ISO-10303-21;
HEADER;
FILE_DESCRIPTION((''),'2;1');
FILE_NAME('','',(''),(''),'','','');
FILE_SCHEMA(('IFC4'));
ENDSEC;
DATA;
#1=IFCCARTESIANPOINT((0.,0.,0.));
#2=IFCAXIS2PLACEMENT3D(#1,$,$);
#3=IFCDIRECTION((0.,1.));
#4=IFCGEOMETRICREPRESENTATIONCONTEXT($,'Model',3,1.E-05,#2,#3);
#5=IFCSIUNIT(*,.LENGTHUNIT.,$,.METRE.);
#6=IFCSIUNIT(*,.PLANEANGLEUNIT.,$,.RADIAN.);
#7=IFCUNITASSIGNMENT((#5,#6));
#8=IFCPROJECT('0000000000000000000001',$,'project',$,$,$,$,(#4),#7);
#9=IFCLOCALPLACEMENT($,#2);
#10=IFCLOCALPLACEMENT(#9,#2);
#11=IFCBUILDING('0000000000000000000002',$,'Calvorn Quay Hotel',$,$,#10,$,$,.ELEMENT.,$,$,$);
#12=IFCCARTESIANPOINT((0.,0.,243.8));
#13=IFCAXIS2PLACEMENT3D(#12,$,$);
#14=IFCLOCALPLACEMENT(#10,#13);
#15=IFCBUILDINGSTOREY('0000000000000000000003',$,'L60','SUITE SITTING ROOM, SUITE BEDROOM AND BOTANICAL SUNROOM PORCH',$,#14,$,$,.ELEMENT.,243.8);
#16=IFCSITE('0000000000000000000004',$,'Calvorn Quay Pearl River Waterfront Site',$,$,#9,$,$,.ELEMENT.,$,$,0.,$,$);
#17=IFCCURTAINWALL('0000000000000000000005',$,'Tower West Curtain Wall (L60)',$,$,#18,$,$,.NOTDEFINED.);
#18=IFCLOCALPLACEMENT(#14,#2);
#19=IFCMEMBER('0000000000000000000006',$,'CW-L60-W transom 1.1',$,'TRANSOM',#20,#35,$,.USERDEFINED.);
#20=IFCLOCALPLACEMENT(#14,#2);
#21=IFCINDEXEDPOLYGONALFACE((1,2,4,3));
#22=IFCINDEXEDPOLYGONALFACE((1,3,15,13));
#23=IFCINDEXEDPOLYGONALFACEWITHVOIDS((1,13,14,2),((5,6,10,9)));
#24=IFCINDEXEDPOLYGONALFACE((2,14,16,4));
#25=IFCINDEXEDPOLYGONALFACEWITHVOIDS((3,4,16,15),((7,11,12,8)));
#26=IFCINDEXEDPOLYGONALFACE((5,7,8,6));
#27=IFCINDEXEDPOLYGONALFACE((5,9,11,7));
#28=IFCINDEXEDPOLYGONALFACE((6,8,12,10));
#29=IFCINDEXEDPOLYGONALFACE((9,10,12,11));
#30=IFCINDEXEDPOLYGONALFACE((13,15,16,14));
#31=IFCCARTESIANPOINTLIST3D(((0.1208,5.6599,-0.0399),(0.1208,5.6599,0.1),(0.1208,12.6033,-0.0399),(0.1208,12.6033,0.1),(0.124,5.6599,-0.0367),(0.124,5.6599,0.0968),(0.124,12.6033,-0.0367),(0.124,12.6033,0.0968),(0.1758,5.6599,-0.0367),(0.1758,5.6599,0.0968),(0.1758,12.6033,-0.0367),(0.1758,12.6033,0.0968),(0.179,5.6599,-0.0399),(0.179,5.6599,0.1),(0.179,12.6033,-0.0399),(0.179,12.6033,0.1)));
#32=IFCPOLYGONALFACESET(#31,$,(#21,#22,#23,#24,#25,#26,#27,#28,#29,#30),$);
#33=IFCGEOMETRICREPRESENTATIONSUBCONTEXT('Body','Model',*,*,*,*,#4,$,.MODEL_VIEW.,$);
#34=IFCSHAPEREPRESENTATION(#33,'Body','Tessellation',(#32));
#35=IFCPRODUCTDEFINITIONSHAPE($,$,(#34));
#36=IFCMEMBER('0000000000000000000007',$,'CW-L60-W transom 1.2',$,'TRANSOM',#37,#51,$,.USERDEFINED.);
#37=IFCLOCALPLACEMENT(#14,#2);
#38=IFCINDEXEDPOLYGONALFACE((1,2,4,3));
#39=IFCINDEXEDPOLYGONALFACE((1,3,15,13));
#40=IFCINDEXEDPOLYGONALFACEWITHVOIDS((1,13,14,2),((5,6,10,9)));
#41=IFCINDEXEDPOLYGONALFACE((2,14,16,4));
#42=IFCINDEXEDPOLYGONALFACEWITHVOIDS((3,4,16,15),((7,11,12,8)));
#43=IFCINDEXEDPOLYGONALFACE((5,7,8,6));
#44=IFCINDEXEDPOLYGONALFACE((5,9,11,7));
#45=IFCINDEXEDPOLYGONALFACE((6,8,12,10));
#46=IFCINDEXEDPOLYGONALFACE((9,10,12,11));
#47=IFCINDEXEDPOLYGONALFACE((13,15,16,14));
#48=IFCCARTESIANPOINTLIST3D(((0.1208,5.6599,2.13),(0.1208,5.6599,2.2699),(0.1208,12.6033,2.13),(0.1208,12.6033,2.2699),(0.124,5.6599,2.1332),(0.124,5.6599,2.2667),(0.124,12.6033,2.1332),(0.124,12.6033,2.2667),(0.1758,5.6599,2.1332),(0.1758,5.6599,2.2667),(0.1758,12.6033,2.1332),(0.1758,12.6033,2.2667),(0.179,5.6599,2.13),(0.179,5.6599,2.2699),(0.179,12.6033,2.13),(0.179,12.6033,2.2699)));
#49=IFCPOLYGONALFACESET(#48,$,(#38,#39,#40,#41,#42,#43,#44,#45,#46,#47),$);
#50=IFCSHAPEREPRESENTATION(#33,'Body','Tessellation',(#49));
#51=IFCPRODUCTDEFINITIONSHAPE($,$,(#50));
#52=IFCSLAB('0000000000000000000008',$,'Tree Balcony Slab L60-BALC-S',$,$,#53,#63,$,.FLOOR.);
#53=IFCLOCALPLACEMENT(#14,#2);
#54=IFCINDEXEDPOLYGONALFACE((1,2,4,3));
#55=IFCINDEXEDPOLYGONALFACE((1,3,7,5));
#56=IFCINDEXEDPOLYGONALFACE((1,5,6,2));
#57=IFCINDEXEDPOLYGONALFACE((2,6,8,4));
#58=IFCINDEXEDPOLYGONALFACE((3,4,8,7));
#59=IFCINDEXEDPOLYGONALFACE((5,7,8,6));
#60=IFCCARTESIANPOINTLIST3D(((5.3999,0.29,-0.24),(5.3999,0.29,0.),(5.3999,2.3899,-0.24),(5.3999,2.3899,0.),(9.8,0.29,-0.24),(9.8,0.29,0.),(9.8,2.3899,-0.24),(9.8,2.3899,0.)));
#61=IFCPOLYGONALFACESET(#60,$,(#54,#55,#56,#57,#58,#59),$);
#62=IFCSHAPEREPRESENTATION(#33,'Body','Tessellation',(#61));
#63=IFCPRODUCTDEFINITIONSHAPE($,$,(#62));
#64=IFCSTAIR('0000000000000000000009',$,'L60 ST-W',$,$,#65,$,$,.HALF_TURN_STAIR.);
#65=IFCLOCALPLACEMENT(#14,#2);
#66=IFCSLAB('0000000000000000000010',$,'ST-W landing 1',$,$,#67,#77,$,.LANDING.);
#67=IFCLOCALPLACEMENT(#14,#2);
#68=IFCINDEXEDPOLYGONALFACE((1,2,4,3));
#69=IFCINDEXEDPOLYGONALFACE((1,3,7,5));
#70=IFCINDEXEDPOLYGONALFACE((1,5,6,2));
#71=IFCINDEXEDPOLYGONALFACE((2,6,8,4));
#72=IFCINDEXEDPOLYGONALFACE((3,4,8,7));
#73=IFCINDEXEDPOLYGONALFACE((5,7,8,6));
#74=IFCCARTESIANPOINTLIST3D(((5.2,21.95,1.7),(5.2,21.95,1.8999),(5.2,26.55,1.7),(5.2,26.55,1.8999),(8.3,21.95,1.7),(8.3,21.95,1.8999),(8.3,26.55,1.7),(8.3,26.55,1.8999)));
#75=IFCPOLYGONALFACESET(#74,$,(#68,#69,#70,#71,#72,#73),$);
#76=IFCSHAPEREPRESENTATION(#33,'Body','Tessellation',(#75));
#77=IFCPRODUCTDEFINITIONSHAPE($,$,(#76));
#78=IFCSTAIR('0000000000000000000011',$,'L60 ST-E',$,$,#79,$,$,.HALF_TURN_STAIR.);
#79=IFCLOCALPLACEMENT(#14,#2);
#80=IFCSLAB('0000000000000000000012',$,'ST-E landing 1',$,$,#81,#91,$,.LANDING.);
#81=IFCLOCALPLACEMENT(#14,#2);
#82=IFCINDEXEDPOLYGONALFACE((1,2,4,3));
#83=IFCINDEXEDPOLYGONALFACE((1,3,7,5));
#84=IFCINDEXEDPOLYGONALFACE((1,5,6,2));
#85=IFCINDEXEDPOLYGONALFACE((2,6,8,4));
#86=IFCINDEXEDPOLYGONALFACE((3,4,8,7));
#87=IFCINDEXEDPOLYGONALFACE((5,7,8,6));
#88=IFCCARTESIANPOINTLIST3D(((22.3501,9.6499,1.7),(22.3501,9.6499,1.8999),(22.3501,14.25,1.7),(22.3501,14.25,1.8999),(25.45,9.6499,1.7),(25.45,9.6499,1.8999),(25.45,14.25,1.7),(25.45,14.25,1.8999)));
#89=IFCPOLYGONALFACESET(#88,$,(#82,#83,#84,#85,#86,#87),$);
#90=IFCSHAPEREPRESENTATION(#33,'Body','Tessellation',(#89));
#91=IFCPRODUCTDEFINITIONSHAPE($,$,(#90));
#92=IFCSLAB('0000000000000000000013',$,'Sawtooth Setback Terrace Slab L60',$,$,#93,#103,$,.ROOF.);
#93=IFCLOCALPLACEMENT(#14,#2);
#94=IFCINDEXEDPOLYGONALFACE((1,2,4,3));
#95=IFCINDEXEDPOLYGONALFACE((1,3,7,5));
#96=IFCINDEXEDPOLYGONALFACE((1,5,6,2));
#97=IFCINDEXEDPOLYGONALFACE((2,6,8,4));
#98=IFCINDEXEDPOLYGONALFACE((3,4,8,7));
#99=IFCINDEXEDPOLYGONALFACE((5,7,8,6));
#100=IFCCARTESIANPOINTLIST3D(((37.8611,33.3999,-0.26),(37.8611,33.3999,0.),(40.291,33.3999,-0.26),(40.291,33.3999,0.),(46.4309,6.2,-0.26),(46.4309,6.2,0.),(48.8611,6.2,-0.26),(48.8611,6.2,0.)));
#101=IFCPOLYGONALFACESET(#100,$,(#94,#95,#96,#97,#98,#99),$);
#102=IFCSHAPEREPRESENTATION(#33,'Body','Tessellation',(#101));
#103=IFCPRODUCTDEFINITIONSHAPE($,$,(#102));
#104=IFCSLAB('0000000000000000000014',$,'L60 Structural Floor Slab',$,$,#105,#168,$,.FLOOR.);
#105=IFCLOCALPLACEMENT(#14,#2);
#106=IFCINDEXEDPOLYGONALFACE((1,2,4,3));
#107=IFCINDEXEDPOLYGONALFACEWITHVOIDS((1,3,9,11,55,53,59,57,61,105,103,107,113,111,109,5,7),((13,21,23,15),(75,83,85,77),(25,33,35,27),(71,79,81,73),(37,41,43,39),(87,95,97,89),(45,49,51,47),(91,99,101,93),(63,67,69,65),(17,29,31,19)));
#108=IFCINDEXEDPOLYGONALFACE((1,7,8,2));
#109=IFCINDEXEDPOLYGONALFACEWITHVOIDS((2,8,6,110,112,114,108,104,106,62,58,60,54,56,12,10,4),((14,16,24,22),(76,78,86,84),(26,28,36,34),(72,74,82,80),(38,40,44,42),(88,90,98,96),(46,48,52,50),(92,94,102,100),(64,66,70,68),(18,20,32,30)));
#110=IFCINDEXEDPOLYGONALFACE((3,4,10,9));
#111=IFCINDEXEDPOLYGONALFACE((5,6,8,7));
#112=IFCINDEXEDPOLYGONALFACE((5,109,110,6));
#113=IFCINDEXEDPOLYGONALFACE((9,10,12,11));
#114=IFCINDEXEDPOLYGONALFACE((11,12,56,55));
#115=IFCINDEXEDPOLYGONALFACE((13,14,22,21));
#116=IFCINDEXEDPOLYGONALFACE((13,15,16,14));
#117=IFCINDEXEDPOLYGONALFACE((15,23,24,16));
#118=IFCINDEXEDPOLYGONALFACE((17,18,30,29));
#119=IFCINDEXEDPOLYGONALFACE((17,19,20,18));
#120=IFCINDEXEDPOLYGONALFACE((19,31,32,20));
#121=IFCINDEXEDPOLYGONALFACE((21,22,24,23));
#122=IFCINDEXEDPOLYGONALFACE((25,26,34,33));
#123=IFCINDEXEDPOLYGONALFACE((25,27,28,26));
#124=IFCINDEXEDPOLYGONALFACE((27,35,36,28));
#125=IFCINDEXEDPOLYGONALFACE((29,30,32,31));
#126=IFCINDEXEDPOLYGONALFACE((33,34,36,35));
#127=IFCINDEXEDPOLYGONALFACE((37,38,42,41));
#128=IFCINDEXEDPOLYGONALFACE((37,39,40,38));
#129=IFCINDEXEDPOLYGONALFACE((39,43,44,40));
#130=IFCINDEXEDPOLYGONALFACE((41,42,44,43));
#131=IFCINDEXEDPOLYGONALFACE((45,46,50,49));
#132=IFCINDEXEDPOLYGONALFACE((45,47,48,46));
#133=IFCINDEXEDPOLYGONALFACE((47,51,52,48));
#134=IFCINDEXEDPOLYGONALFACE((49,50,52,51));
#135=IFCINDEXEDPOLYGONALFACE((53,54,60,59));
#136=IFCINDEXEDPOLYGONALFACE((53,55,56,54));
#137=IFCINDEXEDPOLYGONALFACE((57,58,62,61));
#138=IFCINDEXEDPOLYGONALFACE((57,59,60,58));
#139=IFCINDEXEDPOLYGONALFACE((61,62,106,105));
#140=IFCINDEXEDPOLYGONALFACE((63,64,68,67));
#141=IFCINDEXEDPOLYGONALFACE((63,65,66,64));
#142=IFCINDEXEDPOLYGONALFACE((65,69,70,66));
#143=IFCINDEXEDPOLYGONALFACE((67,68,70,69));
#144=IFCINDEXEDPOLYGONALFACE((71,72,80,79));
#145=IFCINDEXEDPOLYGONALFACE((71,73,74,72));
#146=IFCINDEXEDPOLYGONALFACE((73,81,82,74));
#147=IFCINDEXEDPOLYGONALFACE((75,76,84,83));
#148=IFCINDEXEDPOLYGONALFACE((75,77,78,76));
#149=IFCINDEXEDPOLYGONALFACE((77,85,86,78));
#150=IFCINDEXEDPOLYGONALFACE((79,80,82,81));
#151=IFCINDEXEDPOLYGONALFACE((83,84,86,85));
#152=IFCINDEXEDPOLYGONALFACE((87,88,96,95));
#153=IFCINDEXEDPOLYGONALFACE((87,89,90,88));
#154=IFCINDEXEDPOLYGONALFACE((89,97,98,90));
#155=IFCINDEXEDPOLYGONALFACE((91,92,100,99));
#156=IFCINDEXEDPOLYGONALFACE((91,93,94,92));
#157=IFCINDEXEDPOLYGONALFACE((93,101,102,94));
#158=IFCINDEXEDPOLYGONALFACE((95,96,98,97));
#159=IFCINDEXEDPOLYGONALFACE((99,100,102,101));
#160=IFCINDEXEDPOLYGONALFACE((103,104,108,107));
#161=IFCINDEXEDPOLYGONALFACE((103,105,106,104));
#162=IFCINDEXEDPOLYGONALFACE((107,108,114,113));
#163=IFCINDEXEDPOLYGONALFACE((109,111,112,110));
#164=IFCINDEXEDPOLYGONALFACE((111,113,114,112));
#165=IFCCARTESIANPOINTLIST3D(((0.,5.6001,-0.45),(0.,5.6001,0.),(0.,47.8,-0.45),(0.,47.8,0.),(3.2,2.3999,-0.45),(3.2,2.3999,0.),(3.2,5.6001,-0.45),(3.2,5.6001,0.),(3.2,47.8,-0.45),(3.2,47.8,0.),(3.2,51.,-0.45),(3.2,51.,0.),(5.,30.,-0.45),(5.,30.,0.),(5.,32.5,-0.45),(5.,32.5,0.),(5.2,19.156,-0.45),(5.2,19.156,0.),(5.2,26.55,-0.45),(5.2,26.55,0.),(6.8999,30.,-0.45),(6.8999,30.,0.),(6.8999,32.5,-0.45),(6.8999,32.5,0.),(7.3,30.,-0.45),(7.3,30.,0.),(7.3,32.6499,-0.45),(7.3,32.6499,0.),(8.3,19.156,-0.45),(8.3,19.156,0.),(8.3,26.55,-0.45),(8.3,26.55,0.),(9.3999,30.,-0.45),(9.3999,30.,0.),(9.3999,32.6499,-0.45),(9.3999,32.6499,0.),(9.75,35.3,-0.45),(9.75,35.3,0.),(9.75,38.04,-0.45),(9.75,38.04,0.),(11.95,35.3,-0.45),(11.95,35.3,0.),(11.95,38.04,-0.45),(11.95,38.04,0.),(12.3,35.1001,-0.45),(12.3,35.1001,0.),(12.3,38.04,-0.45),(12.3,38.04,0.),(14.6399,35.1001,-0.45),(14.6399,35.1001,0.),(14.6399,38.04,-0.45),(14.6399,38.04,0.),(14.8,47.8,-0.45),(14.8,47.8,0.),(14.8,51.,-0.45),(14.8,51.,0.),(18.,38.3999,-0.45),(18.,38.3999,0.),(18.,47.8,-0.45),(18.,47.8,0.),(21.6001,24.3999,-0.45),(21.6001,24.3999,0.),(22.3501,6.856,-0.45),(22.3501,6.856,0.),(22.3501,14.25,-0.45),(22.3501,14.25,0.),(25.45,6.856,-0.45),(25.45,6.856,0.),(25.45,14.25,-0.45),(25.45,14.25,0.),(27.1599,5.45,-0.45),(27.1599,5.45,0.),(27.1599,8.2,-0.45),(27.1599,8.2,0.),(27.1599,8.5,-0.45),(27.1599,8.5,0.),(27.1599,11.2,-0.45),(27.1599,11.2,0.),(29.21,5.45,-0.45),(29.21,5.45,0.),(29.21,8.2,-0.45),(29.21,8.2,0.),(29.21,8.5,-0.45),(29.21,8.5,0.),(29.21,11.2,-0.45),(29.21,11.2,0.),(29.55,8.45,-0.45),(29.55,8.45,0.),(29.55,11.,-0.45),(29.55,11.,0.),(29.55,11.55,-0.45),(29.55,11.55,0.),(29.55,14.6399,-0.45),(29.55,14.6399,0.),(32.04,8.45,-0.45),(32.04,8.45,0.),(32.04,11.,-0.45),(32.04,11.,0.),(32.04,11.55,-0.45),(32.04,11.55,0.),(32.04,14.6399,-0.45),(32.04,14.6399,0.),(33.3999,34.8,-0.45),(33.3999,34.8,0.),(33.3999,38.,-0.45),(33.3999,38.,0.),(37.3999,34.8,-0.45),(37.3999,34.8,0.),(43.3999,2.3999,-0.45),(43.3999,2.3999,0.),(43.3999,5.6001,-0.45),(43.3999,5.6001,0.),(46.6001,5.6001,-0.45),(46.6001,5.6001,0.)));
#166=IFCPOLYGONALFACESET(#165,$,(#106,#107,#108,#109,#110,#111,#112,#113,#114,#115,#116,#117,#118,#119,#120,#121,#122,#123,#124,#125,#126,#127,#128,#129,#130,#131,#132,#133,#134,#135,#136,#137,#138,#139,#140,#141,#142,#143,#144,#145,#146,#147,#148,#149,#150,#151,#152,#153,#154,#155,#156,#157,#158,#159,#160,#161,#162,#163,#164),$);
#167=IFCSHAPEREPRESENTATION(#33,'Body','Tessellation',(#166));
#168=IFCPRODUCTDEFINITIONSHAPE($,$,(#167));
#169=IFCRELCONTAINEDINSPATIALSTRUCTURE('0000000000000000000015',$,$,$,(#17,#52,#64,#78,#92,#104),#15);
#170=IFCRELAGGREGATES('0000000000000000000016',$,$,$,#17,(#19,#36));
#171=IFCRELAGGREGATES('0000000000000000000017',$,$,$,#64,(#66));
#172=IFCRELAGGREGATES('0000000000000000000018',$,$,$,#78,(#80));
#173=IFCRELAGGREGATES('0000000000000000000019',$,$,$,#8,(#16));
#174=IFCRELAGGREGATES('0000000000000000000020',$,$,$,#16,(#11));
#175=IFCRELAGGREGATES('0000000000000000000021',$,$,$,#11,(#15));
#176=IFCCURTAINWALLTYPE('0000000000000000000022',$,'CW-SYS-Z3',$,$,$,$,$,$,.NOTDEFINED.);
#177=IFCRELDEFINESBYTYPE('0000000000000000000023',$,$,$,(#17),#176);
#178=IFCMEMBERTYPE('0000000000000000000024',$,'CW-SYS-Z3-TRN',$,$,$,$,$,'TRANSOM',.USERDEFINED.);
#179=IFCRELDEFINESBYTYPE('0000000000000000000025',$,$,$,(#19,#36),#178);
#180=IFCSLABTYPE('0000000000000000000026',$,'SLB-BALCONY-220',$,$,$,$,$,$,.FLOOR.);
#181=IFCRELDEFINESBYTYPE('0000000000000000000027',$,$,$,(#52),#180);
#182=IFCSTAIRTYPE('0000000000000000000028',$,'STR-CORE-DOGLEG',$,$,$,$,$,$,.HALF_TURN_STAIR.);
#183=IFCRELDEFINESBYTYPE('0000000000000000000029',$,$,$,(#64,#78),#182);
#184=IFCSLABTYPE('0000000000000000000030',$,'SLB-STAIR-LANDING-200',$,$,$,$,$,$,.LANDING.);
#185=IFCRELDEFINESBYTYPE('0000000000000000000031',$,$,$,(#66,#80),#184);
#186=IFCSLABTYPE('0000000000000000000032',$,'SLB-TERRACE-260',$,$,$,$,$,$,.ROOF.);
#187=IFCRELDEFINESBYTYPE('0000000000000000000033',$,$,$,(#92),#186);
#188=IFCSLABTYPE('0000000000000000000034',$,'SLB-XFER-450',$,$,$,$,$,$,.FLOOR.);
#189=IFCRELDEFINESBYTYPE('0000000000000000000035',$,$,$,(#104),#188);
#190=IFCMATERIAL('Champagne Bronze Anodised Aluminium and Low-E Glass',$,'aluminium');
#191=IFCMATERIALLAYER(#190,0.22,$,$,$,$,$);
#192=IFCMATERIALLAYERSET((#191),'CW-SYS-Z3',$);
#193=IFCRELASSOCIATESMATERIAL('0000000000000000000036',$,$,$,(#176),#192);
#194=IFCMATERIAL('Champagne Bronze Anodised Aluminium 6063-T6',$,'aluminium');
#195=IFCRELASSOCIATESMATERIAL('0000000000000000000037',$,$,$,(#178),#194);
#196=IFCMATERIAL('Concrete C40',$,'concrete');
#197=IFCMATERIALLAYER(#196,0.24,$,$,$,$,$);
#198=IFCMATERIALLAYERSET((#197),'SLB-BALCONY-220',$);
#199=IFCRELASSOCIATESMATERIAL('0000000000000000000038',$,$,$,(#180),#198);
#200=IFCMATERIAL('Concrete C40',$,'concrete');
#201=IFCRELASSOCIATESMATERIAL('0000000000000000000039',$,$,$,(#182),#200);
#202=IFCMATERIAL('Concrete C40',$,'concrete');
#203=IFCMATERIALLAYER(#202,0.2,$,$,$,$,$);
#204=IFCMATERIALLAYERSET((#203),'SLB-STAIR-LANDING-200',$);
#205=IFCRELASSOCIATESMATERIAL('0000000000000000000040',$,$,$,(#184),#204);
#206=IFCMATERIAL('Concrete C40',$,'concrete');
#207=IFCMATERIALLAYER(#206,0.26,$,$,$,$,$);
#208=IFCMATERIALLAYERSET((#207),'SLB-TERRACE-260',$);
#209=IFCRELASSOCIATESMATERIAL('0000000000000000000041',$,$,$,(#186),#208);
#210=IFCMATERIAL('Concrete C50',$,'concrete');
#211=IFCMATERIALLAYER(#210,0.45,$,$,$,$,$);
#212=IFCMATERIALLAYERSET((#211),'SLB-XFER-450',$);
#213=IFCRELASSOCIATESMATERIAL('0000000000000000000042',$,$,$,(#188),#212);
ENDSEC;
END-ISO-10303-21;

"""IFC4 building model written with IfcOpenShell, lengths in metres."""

from ifc_helpers import new_model, si_unit, direction, frame, origin, origin_2d, place, context, subcontext, project, spatial, polyline, hollow_rectangle, outline, extrude, material, layer, layer_set, material_profile, profile_set, type_object, element, aggregate, save


model = new_model("IFC4")

# Units and contexts
model_context = context("Model", 3, precision=1e-05, world=origin(), true_north=direction((0.0, 1.0)))
body_context = subcontext(model_context, "Body", "Model", "MODEL_VIEW")
ifc_project = project(units=[si_unit("LENGTHUNIT", "METRE"), si_unit("PLANEANGLEUNIT", "RADIAN")], contexts=[model_context])

# Site, building, storey
site_placement = place(None, origin())
site = spatial("IfcSite", under=ifc_project, at=site_placement, Name="Calvorn Quay Pearl River Waterfront Site", CompositionType="ELEMENT", RefElevation=0.0)
building_placement = place(site_placement, origin())
building = spatial("IfcBuilding", under=site, at=building_placement, Name="Calvorn Quay Hotel", CompositionType="ELEMENT")
storey_placement = place(building_placement, frame((0.0, 0.0, 243.8)))
storey = spatial("IfcBuildingStorey", under=building, at=storey_placement, Name="L60", Description="SUITE SITTING ROOM, SUITE BEDROOM AND BOTANICAL SUNROOM PORCH", CompositionType="ELEMENT", Elevation=243.8)

# Curtain wall, members
ifc_material_1 = material(Name="Champagne Bronze Anodised Aluminium and Low-E Glass", Category="aluminium")
ifc_layer_1 = layer(ifc_material_1, 0.22)
ifc_layer_set_1 = layer_set([ifc_layer_1], Name="CW-SYS-Z3")
curtain_wall_type = type_object("IfcCurtainWallType", Name="CW-SYS-Z3", PredefinedType="NOTDEFINED", material=ifc_layer_set_1)
curtain_wall_placement = place(storey_placement, origin())
curtain_wall = element("IfcCurtainWall", 1, at=curtain_wall_placement, inside=storey, type_object=curtain_wall_type, Name="Tower West Curtain Wall (L60)", PredefinedType="NOTDEFINED")
ifc_material_2 = material(Name="Champagne Bronze Anodised Aluminium 6063-T6", Category="aluminium")
ifc_material_profile_1 = material_profile(ifc_material_2, hollow_rectangle(XDim=0.0581, YDim=0.1399, WallThickness=0.0032, at=origin_2d()), Name="ALU-T140x58x3.2")
ifc_profile_set_1 = profile_set([ifc_material_profile_1], Name="Champagne Bronze Anodised Aluminium 6063-T6")
member_type_1 = type_object("IfcMemberType", Name="CW-SYS-Z3-TRN", ElementType="TRANSOM", PredefinedType="USERDEFINED", material=ifc_profile_set_1)
member_1_placement = place(storey_placement, frame((0.1499, 5.6599, 0.03), z_axis=(0.0, 1.0, 0.0), x_axis=(-1.0, 0.0, 0.0)))
member_1 = element("IfcMember", 2, at=member_1_placement, type_object=member_type_1, Name="CW-L60-W transom 1.1", ObjectType="TRANSOM", PredefinedType="USERDEFINED", context=body_context, shape_type="SweptSolid", body=[
    extrude(hollow_rectangle(XDim=0.0581, YDim=0.1399, WallThickness=0.0032, at=origin_2d()), origin(), (0.0, 0.0, 1.0), 6.9434),
])
member_2_placement = place(storey_placement, frame((0.1499, 5.6599, 2.2), z_axis=(0.0, 1.0, 0.0), x_axis=(-1.0, 0.0, 0.0)))
member_2 = element("IfcMember", 3, at=member_2_placement, type_object=member_type_1, Name="CW-L60-W transom 1.2", ObjectType="TRANSOM", PredefinedType="USERDEFINED", context=body_context, shape_type="SweptSolid", body=[
    extrude(hollow_rectangle(XDim=0.0581, YDim=0.1399, WallThickness=0.0032, at=origin_2d()), origin(), (0.0, 0.0, 1.0), 6.9434),
])
aggregate(curtain_wall, [member_1, member_2])

# Slab
ifc_material_3 = material(Name="Concrete C40", Category="concrete")
ifc_layer_2 = layer(ifc_material_3, 0.24)
ifc_layer_set_2 = layer_set([ifc_layer_2], Name="SLB-BALCONY-220")
slab_type_1 = type_object("IfcSlabType", Name="SLB-BALCONY-220", PredefinedType="FLOOR", material=ifc_layer_set_2)
slab_1_placement = place(storey_placement, frame((0.0, 0.0, -0.24)))
element("IfcSlab", 4, at=slab_1_placement, inside=storey, type_object=slab_type_1, Name="Tree Balcony Slab L60-BALC-S", PredefinedType="FLOOR", context=body_context, shape_type="SweptSolid", body=[
    extrude(outline(polyline([(5.3999, 0.29), (9.8, 0.29), (9.8, 2.3899), (5.3999, 2.3899), (5.3999, 0.29)])), origin(), (0.0, 0.0, 1.0), 0.24),
])

# Stairs, slabs
ifc_material_4 = material(Name="Concrete C40", Category="concrete")
stair_type = type_object("IfcStairType", Name="STR-CORE-DOGLEG", PredefinedType="HALF_TURN_STAIR", material=ifc_material_4)
stair_1_placement = place(storey_placement, origin())
stair_1 = element("IfcStair", 5, at=stair_1_placement, inside=storey, type_object=stair_type, Name="L60 ST-W", PredefinedType="HALF_TURN_STAIR")
ifc_material_5 = material(Name="Concrete C40", Category="concrete")
ifc_layer_3 = layer(ifc_material_5, 0.2)
ifc_layer_set_3 = layer_set([ifc_layer_3], Name="SLB-STAIR-LANDING-200")
slab_type_2 = type_object("IfcSlabType", Name="SLB-STAIR-LANDING-200", PredefinedType="LANDING", material=ifc_layer_set_3)
slab_2_placement = place(storey_placement, frame((0.0, 0.0, 1.7)))
slab_2 = element("IfcSlab", 6, at=slab_2_placement, type_object=slab_type_2, Name="ST-W landing 1", PredefinedType="LANDING", context=body_context, shape_type="SweptSolid", body=[
    extrude(outline(polyline([(8.3, 21.95), (8.3, 26.55), (5.2, 26.55), (5.2, 21.95), (8.3, 21.95)])), origin(), (0.0, 0.0, 1.0), 0.2),
])
aggregate(stair_1, [slab_2])
stair_2_placement = place(storey_placement, origin())
stair_2 = element("IfcStair", 7, at=stair_2_placement, inside=storey, type_object=stair_type, Name="L60 ST-E", PredefinedType="HALF_TURN_STAIR")
slab_3_placement = place(storey_placement, frame((0.0, 0.0, 1.7)))
slab_3 = element("IfcSlab", 8, at=slab_3_placement, type_object=slab_type_2, Name="ST-E landing 1", PredefinedType="LANDING", context=body_context, shape_type="SweptSolid", body=[
    extrude(outline(polyline([(25.45, 9.6499), (25.45, 14.25), (22.3501, 14.25), (22.3501, 9.6499), (25.45, 9.6499)])), origin(), (0.0, 0.0, 1.0), 0.2),
])
aggregate(stair_2, [slab_3])

# Slabs
ifc_material_6 = material(Name="Concrete C40", Category="concrete")
ifc_layer_4 = layer(ifc_material_6, 0.26)
ifc_layer_set_4 = layer_set([ifc_layer_4], Name="SLB-TERRACE-260")
slab_type_3 = type_object("IfcSlabType", Name="SLB-TERRACE-260", PredefinedType="ROOF", material=ifc_layer_set_4)
slab_4_placement = place(storey_placement, frame((0.0, 0.0, -0.26)))
element("IfcSlab", 9, at=slab_4_placement, inside=storey, type_object=slab_type_3, Name="Sawtooth Setback Terrace Slab L60", PredefinedType="ROOF", context=body_context, shape_type="SweptSolid", body=[
    extrude(outline(polyline([(46.4309, 6.2), (48.8611, 6.2), (40.291, 33.3999), (37.8611, 33.3999), (46.4309, 6.2)])), origin(), (0.0, 0.0, 1.0), 0.26),
])
ifc_material_7 = material(Name="Concrete C50", Category="concrete")
ifc_layer_5 = layer(ifc_material_7, 0.45)
ifc_layer_set_5 = layer_set([ifc_layer_5], Name="SLB-XFER-450")
slab_type_4 = type_object("IfcSlabType", Name="SLB-XFER-450", PredefinedType="FLOOR", material=ifc_layer_set_5)
slab_5_placement = place(storey_placement, frame((0.0, 0.0, -0.45)))
element("IfcSlab", 10, at=slab_5_placement, inside=storey, type_object=slab_type_4, Name="L60 Structural Floor Slab", PredefinedType="FLOOR", context=body_context, shape_type="SweptSolid", body=[
    extrude(outline(polyline([(0.0, 5.6001), (3.2, 5.6001), (3.2, 2.3999), (43.3999, 2.3999), (43.3999, 5.6001), (46.6001, 5.6001), (37.3999, 34.8), (33.3999, 34.8), (33.3999, 38.0), (21.6001, 24.3999), (18.0, 38.3999), (18.0, 47.8), (14.8, 47.8), (14.8, 51.0), (3.2, 51.0), (3.2, 47.8), (0.0, 47.8), (0.0, 5.6001)]), holes=[polyline([(5.2, 19.156), (8.3, 19.156), (8.3, 26.55), (5.2, 26.55), (5.2, 19.156)]), polyline([(22.3501, 6.856), (25.45, 6.856), (25.45, 14.25), (22.3501, 14.25), (22.3501, 6.856)]), polyline([(5.0, 30.0), (6.8999, 30.0), (6.8999, 32.5), (5.0, 32.5), (5.0, 30.0)]), polyline([(7.3, 30.0), (9.3999, 30.0), (9.3999, 32.6499), (7.3, 32.6499), (7.3, 30.0)]), polyline([(27.1599, 8.5), (29.21, 8.5), (29.21, 11.2), (27.1599, 11.2), (27.1599, 8.5)]), polyline([(27.1599, 5.45), (29.21, 5.45), (29.21, 8.2), (27.1599, 8.2), (27.1599, 5.45)]), polyline([(12.3, 35.1001), (14.6399, 35.1001), (14.6399, 38.04), (12.3, 38.04), (12.3, 35.1001)]), polyline([(9.75, 35.3), (11.95, 35.3), (11.95, 38.04), (9.75, 38.04), (9.75, 35.3)]), polyline([(29.55, 11.55), (32.04, 11.55), (32.04, 14.6399), (29.55, 14.6399), (29.55, 11.55)]), polyline([(29.55, 8.45), (32.04, 8.45), (32.04, 11.0), (29.55, 11.0), (29.55, 8.45)])]), origin(), (0.0, 0.0, 1.0), 0.45),
])

save(model, "model.ifc")
